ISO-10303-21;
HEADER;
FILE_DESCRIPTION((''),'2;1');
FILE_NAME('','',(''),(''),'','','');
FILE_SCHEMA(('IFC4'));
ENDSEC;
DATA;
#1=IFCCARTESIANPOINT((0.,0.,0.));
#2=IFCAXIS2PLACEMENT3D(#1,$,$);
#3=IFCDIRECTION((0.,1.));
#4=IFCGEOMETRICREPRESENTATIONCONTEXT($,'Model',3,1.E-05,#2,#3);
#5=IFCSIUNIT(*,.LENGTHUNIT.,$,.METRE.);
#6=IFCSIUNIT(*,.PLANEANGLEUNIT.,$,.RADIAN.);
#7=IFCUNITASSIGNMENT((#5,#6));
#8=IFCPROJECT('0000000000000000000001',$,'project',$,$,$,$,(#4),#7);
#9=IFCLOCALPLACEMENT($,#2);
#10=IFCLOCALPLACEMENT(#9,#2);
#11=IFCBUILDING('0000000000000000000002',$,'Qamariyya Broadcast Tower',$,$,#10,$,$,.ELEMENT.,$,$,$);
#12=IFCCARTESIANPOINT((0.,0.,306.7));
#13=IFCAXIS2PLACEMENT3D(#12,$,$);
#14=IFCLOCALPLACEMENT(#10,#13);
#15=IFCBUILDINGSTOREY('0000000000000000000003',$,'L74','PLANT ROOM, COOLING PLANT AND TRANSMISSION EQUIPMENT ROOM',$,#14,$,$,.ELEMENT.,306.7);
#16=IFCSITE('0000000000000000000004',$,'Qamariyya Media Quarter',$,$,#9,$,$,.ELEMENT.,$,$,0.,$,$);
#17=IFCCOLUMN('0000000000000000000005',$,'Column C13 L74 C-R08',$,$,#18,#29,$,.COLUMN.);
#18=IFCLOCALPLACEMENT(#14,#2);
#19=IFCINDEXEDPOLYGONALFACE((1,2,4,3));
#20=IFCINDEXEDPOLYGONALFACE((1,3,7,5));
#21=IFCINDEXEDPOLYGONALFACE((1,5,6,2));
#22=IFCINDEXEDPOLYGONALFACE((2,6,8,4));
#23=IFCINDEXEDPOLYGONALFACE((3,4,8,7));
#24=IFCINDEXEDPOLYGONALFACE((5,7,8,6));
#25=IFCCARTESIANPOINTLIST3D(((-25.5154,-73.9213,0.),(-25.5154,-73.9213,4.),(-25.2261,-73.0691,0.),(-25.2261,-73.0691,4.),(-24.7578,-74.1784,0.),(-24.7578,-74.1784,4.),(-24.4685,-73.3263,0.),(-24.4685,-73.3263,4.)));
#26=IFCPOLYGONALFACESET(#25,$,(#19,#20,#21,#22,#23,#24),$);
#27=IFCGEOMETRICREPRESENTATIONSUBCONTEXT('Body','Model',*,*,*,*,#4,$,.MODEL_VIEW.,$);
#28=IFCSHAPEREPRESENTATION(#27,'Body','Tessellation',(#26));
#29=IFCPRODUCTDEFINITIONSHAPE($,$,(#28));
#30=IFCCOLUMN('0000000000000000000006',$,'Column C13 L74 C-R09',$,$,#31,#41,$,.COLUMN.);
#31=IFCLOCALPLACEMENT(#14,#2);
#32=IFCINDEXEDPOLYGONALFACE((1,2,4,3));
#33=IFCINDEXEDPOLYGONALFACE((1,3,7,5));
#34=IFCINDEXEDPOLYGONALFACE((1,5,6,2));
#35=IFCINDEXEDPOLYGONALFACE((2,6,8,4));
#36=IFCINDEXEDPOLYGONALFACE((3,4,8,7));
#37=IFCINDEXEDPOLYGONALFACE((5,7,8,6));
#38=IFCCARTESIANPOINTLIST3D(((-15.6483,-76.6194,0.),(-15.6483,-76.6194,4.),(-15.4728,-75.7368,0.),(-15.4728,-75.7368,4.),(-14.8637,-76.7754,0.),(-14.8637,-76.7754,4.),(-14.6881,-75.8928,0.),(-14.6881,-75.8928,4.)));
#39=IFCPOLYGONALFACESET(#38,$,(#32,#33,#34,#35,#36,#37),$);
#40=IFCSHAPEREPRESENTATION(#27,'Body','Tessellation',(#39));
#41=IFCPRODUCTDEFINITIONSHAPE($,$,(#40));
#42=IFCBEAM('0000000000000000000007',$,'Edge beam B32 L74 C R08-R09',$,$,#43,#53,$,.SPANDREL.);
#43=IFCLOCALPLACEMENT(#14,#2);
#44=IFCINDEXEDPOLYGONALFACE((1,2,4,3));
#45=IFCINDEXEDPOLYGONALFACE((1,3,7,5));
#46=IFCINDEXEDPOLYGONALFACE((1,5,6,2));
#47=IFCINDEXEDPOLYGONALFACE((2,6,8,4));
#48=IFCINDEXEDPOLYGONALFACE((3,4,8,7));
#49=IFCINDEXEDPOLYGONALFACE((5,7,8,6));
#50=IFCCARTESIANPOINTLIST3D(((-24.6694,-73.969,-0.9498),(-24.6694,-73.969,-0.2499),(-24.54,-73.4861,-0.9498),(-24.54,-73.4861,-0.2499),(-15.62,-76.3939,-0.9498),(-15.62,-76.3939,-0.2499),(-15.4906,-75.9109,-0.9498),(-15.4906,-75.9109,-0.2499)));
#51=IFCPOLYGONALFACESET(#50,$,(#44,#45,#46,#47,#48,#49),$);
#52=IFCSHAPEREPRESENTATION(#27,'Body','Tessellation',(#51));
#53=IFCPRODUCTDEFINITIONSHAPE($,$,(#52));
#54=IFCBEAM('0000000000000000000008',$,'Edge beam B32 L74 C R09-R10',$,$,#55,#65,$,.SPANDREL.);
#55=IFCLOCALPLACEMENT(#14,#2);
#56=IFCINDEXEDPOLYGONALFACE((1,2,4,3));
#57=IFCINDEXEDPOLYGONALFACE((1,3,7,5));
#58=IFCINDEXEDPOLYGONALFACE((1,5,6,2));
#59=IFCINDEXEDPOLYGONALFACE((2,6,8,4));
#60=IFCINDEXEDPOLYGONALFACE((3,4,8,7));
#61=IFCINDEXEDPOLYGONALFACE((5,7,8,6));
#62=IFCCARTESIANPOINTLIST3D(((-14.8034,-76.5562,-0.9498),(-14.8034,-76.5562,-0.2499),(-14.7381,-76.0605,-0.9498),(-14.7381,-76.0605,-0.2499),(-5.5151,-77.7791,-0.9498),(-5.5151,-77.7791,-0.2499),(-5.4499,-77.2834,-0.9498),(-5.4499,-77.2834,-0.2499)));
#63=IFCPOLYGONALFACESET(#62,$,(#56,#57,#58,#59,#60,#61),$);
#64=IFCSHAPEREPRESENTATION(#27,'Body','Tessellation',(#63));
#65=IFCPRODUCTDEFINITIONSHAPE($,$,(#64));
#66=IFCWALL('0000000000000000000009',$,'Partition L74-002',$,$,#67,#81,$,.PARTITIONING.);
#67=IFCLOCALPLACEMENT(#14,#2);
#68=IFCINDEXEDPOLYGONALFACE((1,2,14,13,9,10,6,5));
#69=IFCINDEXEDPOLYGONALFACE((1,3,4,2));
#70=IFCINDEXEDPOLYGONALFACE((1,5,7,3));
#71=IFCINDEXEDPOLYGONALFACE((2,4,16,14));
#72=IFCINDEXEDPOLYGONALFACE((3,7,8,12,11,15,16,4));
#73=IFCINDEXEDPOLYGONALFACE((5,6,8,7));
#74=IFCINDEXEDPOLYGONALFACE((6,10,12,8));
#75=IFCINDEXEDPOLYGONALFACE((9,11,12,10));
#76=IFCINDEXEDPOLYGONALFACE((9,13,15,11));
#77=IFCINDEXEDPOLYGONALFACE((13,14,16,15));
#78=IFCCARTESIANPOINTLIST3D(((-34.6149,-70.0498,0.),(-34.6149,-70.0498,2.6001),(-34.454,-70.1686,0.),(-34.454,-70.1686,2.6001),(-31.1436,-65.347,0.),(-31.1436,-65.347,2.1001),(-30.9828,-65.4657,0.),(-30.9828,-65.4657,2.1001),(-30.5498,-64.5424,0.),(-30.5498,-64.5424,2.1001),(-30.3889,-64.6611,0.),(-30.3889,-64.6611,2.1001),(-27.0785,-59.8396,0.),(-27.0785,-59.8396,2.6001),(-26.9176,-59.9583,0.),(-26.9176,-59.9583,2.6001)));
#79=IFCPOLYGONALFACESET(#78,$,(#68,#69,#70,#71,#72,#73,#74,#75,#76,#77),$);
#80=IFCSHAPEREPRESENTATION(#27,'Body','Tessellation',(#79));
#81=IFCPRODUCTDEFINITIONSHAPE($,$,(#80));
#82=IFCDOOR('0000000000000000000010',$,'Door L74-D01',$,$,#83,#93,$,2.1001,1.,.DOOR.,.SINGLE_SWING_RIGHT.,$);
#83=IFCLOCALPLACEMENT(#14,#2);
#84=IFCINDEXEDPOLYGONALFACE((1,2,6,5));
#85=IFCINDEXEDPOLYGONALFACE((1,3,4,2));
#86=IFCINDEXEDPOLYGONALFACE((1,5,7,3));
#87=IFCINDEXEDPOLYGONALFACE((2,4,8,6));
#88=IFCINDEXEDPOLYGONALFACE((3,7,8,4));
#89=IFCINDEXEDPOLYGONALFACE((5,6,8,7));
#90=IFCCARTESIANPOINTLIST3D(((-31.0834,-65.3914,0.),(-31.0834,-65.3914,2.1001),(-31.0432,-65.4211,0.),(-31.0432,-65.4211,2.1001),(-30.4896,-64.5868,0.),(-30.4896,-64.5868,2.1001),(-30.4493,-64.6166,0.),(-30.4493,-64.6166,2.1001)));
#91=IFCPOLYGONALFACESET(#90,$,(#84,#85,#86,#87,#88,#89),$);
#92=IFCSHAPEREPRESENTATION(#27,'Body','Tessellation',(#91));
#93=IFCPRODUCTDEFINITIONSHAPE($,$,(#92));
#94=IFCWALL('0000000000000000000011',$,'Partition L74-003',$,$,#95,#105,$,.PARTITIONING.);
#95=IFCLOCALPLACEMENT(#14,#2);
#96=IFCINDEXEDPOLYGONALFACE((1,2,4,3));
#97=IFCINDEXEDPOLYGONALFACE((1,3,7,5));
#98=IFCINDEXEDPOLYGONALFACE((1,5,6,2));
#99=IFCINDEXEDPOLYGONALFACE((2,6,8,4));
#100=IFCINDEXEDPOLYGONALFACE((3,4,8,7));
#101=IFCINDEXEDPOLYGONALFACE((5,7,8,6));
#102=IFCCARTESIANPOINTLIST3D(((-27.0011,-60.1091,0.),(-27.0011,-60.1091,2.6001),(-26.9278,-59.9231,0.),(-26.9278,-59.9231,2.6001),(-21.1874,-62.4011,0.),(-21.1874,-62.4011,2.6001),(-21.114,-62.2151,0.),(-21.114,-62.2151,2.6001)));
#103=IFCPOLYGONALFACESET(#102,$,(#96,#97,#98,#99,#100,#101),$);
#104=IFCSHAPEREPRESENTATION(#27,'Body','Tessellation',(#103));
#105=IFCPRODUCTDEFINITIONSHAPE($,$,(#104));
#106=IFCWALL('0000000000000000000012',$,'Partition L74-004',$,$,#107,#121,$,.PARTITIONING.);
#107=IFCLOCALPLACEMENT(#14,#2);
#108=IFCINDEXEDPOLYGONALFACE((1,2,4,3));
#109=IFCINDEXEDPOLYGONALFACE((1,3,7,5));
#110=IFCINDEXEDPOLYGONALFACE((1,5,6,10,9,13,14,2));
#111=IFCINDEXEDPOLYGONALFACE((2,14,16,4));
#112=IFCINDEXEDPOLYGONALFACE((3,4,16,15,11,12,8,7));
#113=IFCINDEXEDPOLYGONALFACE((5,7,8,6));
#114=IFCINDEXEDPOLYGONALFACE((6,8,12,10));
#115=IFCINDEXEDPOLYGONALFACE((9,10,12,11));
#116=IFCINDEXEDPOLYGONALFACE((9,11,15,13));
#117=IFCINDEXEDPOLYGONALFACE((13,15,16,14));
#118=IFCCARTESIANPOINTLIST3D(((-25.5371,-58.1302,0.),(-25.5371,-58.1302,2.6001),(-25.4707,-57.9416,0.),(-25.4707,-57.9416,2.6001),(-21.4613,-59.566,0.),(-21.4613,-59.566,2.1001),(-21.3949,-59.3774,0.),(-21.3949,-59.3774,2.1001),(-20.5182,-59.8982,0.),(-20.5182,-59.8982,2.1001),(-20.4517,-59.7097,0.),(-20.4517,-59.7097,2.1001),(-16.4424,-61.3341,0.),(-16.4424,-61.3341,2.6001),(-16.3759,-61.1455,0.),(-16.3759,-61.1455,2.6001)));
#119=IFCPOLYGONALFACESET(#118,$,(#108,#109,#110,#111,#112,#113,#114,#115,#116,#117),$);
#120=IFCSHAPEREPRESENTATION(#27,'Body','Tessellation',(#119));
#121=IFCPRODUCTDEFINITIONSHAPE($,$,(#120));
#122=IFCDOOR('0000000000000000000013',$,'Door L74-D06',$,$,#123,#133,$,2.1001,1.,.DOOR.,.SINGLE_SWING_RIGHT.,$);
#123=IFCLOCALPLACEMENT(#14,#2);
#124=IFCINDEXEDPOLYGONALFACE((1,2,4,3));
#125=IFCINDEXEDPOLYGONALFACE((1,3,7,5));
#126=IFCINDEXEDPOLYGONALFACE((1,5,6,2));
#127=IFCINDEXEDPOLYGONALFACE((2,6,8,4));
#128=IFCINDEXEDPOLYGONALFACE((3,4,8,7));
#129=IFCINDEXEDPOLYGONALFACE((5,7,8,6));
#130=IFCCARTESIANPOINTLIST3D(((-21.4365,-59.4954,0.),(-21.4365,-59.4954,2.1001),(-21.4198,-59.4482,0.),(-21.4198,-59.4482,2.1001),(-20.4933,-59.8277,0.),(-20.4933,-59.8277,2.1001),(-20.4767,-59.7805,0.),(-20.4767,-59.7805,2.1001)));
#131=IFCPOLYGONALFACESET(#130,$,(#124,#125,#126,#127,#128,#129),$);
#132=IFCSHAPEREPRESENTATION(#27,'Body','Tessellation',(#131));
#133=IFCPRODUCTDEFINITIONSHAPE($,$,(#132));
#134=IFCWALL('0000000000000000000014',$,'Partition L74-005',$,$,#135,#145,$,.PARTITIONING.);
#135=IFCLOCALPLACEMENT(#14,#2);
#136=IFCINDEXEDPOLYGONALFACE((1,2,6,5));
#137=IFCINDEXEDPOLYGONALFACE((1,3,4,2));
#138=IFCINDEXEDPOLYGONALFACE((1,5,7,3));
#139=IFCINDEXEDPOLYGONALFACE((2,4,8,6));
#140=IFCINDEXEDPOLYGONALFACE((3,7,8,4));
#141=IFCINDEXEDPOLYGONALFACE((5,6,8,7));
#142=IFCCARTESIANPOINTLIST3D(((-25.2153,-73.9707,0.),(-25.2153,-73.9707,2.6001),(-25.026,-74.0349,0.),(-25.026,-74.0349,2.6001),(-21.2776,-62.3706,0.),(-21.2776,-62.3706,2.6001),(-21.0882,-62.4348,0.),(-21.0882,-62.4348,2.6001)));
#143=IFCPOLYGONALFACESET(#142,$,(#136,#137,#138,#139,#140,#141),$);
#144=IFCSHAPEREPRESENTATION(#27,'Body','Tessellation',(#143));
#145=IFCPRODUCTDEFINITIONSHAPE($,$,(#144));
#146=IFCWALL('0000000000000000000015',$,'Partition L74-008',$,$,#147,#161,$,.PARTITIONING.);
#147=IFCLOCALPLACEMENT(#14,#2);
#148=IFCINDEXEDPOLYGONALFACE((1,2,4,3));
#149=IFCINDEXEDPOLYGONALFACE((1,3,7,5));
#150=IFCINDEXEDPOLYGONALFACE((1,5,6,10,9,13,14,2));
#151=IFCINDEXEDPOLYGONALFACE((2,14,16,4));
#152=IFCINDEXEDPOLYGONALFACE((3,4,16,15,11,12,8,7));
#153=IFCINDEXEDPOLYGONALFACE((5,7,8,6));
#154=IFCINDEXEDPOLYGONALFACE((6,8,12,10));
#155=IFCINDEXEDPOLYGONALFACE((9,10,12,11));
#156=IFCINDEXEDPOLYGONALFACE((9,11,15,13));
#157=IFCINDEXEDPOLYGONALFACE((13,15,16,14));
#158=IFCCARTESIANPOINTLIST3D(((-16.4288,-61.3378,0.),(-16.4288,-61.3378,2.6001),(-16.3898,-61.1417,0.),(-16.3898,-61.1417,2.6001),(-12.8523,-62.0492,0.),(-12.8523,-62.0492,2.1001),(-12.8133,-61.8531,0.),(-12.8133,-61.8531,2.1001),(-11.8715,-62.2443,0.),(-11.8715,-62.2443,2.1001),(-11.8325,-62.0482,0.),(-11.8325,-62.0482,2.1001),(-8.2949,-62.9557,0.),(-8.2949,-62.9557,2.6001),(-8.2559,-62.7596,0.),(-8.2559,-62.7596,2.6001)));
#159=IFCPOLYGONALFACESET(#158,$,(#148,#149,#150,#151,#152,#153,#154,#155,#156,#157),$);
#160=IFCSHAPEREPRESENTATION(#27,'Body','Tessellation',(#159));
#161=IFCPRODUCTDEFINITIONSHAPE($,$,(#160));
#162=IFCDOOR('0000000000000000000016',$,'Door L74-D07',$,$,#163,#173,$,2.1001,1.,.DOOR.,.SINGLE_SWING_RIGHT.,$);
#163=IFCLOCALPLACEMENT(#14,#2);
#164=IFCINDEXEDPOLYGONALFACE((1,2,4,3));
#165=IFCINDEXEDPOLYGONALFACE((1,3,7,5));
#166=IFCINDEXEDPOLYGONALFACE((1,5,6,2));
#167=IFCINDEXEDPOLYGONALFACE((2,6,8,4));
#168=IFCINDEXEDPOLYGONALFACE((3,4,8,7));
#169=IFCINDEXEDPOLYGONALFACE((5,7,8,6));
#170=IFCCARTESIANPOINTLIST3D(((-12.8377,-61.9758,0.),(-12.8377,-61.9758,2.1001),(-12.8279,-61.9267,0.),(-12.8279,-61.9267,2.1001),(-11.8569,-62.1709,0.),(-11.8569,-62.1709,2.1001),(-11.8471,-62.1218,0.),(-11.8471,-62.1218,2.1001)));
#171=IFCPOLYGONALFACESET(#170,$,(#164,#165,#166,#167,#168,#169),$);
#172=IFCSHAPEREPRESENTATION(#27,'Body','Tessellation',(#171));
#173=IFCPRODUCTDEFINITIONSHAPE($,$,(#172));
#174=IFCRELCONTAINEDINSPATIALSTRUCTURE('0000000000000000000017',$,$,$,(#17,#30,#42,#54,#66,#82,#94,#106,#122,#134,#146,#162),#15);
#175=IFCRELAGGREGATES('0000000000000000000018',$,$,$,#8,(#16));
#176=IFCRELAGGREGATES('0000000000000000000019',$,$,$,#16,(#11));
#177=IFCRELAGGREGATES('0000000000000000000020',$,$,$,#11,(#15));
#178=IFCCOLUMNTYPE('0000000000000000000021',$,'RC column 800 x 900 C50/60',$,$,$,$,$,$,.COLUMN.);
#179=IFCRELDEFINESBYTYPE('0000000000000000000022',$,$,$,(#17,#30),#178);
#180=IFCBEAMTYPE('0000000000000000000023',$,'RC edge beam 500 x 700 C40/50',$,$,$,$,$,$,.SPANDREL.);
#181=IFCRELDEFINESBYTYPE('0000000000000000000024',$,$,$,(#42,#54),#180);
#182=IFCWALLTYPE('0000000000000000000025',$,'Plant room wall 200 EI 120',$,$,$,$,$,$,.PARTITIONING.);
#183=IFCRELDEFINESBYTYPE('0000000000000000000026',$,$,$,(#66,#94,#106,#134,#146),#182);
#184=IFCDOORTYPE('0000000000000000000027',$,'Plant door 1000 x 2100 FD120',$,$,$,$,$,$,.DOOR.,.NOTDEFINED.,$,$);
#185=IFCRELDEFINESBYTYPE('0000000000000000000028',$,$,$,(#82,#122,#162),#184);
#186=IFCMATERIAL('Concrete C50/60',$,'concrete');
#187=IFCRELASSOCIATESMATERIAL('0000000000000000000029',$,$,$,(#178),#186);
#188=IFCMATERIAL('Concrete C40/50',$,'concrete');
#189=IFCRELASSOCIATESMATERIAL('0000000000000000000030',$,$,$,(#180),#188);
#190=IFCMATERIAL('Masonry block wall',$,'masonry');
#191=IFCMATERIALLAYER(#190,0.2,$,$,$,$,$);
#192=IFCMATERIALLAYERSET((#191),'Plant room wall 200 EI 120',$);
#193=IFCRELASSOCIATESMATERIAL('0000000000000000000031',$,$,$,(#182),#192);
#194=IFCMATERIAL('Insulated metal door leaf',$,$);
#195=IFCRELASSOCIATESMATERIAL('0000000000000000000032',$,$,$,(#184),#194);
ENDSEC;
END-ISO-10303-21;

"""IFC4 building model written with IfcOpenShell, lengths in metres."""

from ifc_helpers import new_model, si_unit, direction, frame, frame_2d, origin, origin_2d, place, context, subcontext, project, spatial, rectangle, extrude, material, layer, layer_set, material_profile, profile_set, type_object, element, fill, save


model = new_model("IFC4")

# Units and contexts
model_context = context("Model", 3, precision=1e-05, world=origin(), true_north=direction((0.0, 1.0)))
body_context = subcontext(model_context, "Body", "Model", "MODEL_VIEW")
ifc_project = project(units=[si_unit("LENGTHUNIT", "METRE"), si_unit("PLANEANGLEUNIT", "RADIAN")], contexts=[model_context])

# Site, building, storey
site_placement = place(None, origin())
site = spatial("IfcSite", under=ifc_project, at=site_placement, Name="Qamariyya Media Quarter", CompositionType="ELEMENT", RefElevation=0.0)
building_placement = place(site_placement, origin())
building = spatial("IfcBuilding", under=site, at=building_placement, Name="Qamariyya Broadcast Tower", CompositionType="ELEMENT")
storey_placement = place(building_placement, frame((0.0, 0.0, 306.7)))
storey = spatial("IfcBuildingStorey", under=building, at=storey_placement, Name="L74", Description="PLANT ROOM, COOLING PLANT AND TRANSMISSION EQUIPMENT ROOM", CompositionType="ELEMENT", Elevation=306.7)

# Columns
ifc_material_1 = material(Name="Concrete C50/60", Category="concrete")
ifc_material_profile_1 = material_profile(ifc_material_1, rectangle(XDim=0.8, YDim=0.8999, at=origin_2d()))
ifc_profile_set_1 = profile_set([ifc_material_profile_1], Name="Concrete C50/60")
column_type = type_object("IfcColumnType", Name="RC column 800 x 900 C50/60", PredefinedType="COLUMN", material=ifc_profile_set_1)
for number, where, z_axis, x_axis, name in (
    (1, (-24.9919, -73.6238, 0.0), (0.0, 0.0, 1.0), (0.94693, -0.321439, 0.0), "Column C13 L74 C-R08"),
    (2, (-15.1682, -76.2561, 0.0), (0.0, 0.0, 1.0), (0.980785, -0.19509, 0.0), "Column C13 L74 C-R09"),
):
    element("IfcColumn", number, at=place(storey_placement, frame(where, z_axis=z_axis, x_axis=x_axis)), inside=storey, type_object=column_type, Name=name, PredefinedType="COLUMN", context=body_context, shape_type="SweptSolid", body=[
        extrude(rectangle(XDim=0.8, YDim=0.8999, at=origin_2d()), origin(), (0.0, 0.0, 1.0), 4.0),
    ])

# Beams
ifc_material_2 = material(Name="Concrete C40/50", Category="concrete")
ifc_material_profile_2 = material_profile(ifc_material_2, rectangle(XDim=0.5, YDim=0.7, at=origin_2d()))
ifc_profile_set_2 = profile_set([ifc_material_profile_2], Name="Concrete C40/50")
beam_type = type_object("IfcBeamType", Name="RC edge beam 500 x 700 C40/50", PredefinedType="SPANDREL", material=ifc_profile_set_2)
beam_1_placement = place(storey_placement, frame((-24.6047, -73.7275, -0.5999), z_axis=(0.965925, -0.258824, 0.0), x_axis=(0.258824, 0.965925, 0.0)))
element("IfcBeam", 3, at=beam_1_placement, inside=storey, type_object=beam_type, Name="Edge beam B32 L74 C R08-R09", PredefinedType="SPANDREL", context=body_context, shape_type="SweptSolid", body=[
    extrude(rectangle(XDim=0.5, YDim=0.7, at=origin_2d()), origin(), (0.0, 0.0, 1.0), 9.3687),
])
beam_2_placement = place(storey_placement, frame((-14.7708, -76.3083, -0.5999), z_axis=(0.991444, -0.130533, 0.0), x_axis=(0.130533, 0.991444, 0.0)))
element("IfcBeam", 4, at=beam_2_placement, inside=storey, type_object=beam_type, Name="Edge beam B32 L74 C R09-R10", PredefinedType="SPANDREL", context=body_context, shape_type="SweptSolid", body=[
    extrude(rectangle(XDim=0.5, YDim=0.7, at=origin_2d()), origin(), (0.0, 0.0, 1.0), 9.3684),
])

# Wall, opening, door
ifc_material_3 = material(Name="Masonry block wall", Category="masonry")
ifc_layer_1 = layer(ifc_material_3, 0.2)
ifc_layer_set_1 = layer_set([ifc_layer_1], Name="Plant room wall 200 EI 120")
wall_type_1 = type_object("IfcWallType", Name="Plant room wall 200 EI 120", PredefinedType="PARTITIONING", material=ifc_layer_set_1)
wall_1_placement = place(storey_placement, frame((-26.998, -59.8989, 0.0), z_axis=(0.0, 0.0, 1.0), x_axis=(-0.593866, -0.804564, 0.0)))
wall_1 = element("IfcWall", 5, at=wall_1_placement, inside=storey, type_object=wall_type_1, Name="Partition L74-002", PredefinedType="PARTITIONING", context=body_context, shape_type="SweptSolid", body=[
    extrude(rectangle(XDim=12.6904, YDim=0.2, at=frame_2d((6.3452, 0.0))), origin(), (0.0, 0.0, 1.0), 2.6001),
])
opening_1_placement = place(wall_1_placement, frame((5.8452, 0.0, 0.0)))
opening_1 = element("IfcOpeningElement", 6, at=opening_1_placement, cuts=wall_1, PredefinedType="OPENING", context=body_context, shape_type="SweptSolid", body=[
    extrude(rectangle(XDim=1.0, YDim=2.1001, at=frame_2d((0.5, 1.05))), frame((0.0, 0.1099, 0.0), z_axis=(0.0, -1.0, 0.0), x_axis=(1.0, 0.0, 0.0)), (0.0, 0.0, 1.0), 0.22),
])
ifc_material_4 = material(Name="Insulated metal door leaf")
door_type = type_object("IfcDoorType", Name="Plant door 1000 x 2100 FD120", OperationType="NOTDEFINED", PredefinedType="DOOR", material=ifc_material_4)
door_1_placement = place(opening_1_placement, origin())
door_1 = element("IfcDoor", 7, at=door_1_placement, inside=storey, type_object=door_type, Name="Door L74-D01", OperationType="SINGLE_SWING_RIGHT", OverallHeight=2.1001, OverallWidth=1.0, PredefinedType="DOOR", context=body_context, shape_type="SweptSolid", body=[
    extrude(rectangle(XDim=1.0, YDim=2.1001, at=frame_2d((0.5, 1.05))), frame((0.0, 0.0249, 0.0), z_axis=(0.0, -1.0, 0.0), x_axis=(1.0, 0.0, 0.0)), (0.0, 0.0, 1.0), 0.05),
])
fill(opening_1, door_1)

# Wall
wall_2_placement = place(storey_placement, frame((-26.9644, -60.0161, 0.0), z_axis=(0.0, 0.0, 1.0), x_axis=(0.930313, -0.366765, 0.0)))
element("IfcWall", 8, at=wall_2_placement, inside=storey, type_object=wall_type_1, Name="Partition L74-003", PredefinedType="PARTITIONING", context=body_context, shape_type="SweptSolid", body=[
    extrude(rectangle(XDim=6.2493, YDim=0.2, at=frame_2d((3.1245, 0.0))), origin(), (0.0, 0.0, 1.0), 2.6001),
])

# Wall, opening, door
wall_3_placement = place(storey_placement, frame((-25.5039, -58.0359, 0.0), z_axis=(0.0, 0.0, 1.0), x_axis=(0.943187, -0.332262, 0.0)))
wall_3 = element("IfcWall", 9, at=wall_3_placement, inside=storey, type_object=wall_type_1, Name="Partition L74-004", PredefinedType="PARTITIONING", context=body_context, shape_type="SweptSolid", body=[
    extrude(rectangle(XDim=9.6426, YDim=0.2, at=frame_2d((4.8213, 0.0))), origin(), (0.0, 0.0, 1.0), 2.6001),
])
opening_2_placement = place(wall_3_placement, frame((4.3213, 0.0, 0.0)))
opening_2 = element("IfcOpeningElement", 10, at=opening_2_placement, cuts=wall_3, PredefinedType="OPENING", context=body_context, shape_type="SweptSolid", body=[
    extrude(rectangle(XDim=1.0, YDim=2.1001, at=frame_2d((0.5, 1.05))), frame((0.0, 0.1099, 0.0), z_axis=(0.0, -1.0, 0.0), x_axis=(1.0, 0.0, 0.0)), (0.0, 0.0, 1.0), 0.22),
])
door_2_placement = place(opening_2_placement, origin())
door_2 = element("IfcDoor", 11, at=door_2_placement, inside=storey, type_object=door_type, Name="Door L74-D06", OperationType="SINGLE_SWING_RIGHT", OverallHeight=2.1001, OverallWidth=1.0, PredefinedType="DOOR", context=body_context, shape_type="SweptSolid", body=[
    extrude(rectangle(XDim=1.0, YDim=2.1001, at=frame_2d((0.5, 1.05))), frame((0.0, 0.0249, 0.0), z_axis=(0.0, -1.0, 0.0), x_axis=(1.0, 0.0, 0.0)), (0.0, 0.0, 1.0), 0.05),
])
fill(opening_2, door_2)

# Wall
wall_4_placement = place(storey_placement, frame((-25.1206, -74.0027, 0.0), z_axis=(0.0, 0.0, 1.0), x_axis=(0.321443, 0.946929, 0.0)))
element("IfcWall", 12, at=wall_4_placement, inside=storey, type_object=wall_type_1, Name="Partition L74-005", PredefinedType="PARTITIONING", context=body_context, shape_type="SweptSolid", body=[
    extrude(rectangle(XDim=12.2502, YDim=0.2, at=frame_2d((6.125, 0.0))), origin(), (0.0, 0.0, 1.0), 2.6001),
])

# Wall, opening, door
wall_5_placement = place(storey_placement, frame((-16.4092, -61.2397, 0.0), z_axis=(0.0, 0.0, 1.0), x_axis=(0.980785, -0.195091, 0.0)))
wall_5 = element("IfcWall", 13, at=wall_5_placement, inside=storey, type_object=wall_type_1, Name="Partition L74-008", PredefinedType="PARTITIONING", context=body_context, shape_type="SweptSolid", body=[
    extrude(rectangle(XDim=8.2932, YDim=0.2, at=frame_2d((4.1465, 0.0))), origin(), (0.0, 0.0, 1.0), 2.6001),
])
opening_3_placement = place(wall_5_placement, frame((3.6465, 0.0, 0.0)))
opening_3 = element("IfcOpeningElement", 14, at=opening_3_placement, cuts=wall_5, PredefinedType="OPENING", context=body_context, shape_type="SweptSolid", body=[
    extrude(rectangle(XDim=1.0, YDim=2.1001, at=frame_2d((0.5, 1.05))), frame((0.0, 0.1099, 0.0), z_axis=(0.0, -1.0, 0.0), x_axis=(1.0, 0.0, 0.0)), (0.0, 0.0, 1.0), 0.22),
])
door_3_placement = place(opening_3_placement, origin())
door_3 = element("IfcDoor", 15, at=door_3_placement, inside=storey, type_object=door_type, Name="Door L74-D07", OperationType="SINGLE_SWING_RIGHT", OverallHeight=2.1001, OverallWidth=1.0, PredefinedType="DOOR", context=body_context, shape_type="SweptSolid", body=[
    extrude(rectangle(XDim=1.0, YDim=2.1001, at=frame_2d((0.5, 1.05))), frame((0.0, 0.0249, 0.0), z_axis=(0.0, -1.0, 0.0), x_axis=(1.0, 0.0, 0.0)), (0.0, 0.0, 1.0), 0.05),
])
fill(opening_3, door_3)

save(model, "model.ifc")
